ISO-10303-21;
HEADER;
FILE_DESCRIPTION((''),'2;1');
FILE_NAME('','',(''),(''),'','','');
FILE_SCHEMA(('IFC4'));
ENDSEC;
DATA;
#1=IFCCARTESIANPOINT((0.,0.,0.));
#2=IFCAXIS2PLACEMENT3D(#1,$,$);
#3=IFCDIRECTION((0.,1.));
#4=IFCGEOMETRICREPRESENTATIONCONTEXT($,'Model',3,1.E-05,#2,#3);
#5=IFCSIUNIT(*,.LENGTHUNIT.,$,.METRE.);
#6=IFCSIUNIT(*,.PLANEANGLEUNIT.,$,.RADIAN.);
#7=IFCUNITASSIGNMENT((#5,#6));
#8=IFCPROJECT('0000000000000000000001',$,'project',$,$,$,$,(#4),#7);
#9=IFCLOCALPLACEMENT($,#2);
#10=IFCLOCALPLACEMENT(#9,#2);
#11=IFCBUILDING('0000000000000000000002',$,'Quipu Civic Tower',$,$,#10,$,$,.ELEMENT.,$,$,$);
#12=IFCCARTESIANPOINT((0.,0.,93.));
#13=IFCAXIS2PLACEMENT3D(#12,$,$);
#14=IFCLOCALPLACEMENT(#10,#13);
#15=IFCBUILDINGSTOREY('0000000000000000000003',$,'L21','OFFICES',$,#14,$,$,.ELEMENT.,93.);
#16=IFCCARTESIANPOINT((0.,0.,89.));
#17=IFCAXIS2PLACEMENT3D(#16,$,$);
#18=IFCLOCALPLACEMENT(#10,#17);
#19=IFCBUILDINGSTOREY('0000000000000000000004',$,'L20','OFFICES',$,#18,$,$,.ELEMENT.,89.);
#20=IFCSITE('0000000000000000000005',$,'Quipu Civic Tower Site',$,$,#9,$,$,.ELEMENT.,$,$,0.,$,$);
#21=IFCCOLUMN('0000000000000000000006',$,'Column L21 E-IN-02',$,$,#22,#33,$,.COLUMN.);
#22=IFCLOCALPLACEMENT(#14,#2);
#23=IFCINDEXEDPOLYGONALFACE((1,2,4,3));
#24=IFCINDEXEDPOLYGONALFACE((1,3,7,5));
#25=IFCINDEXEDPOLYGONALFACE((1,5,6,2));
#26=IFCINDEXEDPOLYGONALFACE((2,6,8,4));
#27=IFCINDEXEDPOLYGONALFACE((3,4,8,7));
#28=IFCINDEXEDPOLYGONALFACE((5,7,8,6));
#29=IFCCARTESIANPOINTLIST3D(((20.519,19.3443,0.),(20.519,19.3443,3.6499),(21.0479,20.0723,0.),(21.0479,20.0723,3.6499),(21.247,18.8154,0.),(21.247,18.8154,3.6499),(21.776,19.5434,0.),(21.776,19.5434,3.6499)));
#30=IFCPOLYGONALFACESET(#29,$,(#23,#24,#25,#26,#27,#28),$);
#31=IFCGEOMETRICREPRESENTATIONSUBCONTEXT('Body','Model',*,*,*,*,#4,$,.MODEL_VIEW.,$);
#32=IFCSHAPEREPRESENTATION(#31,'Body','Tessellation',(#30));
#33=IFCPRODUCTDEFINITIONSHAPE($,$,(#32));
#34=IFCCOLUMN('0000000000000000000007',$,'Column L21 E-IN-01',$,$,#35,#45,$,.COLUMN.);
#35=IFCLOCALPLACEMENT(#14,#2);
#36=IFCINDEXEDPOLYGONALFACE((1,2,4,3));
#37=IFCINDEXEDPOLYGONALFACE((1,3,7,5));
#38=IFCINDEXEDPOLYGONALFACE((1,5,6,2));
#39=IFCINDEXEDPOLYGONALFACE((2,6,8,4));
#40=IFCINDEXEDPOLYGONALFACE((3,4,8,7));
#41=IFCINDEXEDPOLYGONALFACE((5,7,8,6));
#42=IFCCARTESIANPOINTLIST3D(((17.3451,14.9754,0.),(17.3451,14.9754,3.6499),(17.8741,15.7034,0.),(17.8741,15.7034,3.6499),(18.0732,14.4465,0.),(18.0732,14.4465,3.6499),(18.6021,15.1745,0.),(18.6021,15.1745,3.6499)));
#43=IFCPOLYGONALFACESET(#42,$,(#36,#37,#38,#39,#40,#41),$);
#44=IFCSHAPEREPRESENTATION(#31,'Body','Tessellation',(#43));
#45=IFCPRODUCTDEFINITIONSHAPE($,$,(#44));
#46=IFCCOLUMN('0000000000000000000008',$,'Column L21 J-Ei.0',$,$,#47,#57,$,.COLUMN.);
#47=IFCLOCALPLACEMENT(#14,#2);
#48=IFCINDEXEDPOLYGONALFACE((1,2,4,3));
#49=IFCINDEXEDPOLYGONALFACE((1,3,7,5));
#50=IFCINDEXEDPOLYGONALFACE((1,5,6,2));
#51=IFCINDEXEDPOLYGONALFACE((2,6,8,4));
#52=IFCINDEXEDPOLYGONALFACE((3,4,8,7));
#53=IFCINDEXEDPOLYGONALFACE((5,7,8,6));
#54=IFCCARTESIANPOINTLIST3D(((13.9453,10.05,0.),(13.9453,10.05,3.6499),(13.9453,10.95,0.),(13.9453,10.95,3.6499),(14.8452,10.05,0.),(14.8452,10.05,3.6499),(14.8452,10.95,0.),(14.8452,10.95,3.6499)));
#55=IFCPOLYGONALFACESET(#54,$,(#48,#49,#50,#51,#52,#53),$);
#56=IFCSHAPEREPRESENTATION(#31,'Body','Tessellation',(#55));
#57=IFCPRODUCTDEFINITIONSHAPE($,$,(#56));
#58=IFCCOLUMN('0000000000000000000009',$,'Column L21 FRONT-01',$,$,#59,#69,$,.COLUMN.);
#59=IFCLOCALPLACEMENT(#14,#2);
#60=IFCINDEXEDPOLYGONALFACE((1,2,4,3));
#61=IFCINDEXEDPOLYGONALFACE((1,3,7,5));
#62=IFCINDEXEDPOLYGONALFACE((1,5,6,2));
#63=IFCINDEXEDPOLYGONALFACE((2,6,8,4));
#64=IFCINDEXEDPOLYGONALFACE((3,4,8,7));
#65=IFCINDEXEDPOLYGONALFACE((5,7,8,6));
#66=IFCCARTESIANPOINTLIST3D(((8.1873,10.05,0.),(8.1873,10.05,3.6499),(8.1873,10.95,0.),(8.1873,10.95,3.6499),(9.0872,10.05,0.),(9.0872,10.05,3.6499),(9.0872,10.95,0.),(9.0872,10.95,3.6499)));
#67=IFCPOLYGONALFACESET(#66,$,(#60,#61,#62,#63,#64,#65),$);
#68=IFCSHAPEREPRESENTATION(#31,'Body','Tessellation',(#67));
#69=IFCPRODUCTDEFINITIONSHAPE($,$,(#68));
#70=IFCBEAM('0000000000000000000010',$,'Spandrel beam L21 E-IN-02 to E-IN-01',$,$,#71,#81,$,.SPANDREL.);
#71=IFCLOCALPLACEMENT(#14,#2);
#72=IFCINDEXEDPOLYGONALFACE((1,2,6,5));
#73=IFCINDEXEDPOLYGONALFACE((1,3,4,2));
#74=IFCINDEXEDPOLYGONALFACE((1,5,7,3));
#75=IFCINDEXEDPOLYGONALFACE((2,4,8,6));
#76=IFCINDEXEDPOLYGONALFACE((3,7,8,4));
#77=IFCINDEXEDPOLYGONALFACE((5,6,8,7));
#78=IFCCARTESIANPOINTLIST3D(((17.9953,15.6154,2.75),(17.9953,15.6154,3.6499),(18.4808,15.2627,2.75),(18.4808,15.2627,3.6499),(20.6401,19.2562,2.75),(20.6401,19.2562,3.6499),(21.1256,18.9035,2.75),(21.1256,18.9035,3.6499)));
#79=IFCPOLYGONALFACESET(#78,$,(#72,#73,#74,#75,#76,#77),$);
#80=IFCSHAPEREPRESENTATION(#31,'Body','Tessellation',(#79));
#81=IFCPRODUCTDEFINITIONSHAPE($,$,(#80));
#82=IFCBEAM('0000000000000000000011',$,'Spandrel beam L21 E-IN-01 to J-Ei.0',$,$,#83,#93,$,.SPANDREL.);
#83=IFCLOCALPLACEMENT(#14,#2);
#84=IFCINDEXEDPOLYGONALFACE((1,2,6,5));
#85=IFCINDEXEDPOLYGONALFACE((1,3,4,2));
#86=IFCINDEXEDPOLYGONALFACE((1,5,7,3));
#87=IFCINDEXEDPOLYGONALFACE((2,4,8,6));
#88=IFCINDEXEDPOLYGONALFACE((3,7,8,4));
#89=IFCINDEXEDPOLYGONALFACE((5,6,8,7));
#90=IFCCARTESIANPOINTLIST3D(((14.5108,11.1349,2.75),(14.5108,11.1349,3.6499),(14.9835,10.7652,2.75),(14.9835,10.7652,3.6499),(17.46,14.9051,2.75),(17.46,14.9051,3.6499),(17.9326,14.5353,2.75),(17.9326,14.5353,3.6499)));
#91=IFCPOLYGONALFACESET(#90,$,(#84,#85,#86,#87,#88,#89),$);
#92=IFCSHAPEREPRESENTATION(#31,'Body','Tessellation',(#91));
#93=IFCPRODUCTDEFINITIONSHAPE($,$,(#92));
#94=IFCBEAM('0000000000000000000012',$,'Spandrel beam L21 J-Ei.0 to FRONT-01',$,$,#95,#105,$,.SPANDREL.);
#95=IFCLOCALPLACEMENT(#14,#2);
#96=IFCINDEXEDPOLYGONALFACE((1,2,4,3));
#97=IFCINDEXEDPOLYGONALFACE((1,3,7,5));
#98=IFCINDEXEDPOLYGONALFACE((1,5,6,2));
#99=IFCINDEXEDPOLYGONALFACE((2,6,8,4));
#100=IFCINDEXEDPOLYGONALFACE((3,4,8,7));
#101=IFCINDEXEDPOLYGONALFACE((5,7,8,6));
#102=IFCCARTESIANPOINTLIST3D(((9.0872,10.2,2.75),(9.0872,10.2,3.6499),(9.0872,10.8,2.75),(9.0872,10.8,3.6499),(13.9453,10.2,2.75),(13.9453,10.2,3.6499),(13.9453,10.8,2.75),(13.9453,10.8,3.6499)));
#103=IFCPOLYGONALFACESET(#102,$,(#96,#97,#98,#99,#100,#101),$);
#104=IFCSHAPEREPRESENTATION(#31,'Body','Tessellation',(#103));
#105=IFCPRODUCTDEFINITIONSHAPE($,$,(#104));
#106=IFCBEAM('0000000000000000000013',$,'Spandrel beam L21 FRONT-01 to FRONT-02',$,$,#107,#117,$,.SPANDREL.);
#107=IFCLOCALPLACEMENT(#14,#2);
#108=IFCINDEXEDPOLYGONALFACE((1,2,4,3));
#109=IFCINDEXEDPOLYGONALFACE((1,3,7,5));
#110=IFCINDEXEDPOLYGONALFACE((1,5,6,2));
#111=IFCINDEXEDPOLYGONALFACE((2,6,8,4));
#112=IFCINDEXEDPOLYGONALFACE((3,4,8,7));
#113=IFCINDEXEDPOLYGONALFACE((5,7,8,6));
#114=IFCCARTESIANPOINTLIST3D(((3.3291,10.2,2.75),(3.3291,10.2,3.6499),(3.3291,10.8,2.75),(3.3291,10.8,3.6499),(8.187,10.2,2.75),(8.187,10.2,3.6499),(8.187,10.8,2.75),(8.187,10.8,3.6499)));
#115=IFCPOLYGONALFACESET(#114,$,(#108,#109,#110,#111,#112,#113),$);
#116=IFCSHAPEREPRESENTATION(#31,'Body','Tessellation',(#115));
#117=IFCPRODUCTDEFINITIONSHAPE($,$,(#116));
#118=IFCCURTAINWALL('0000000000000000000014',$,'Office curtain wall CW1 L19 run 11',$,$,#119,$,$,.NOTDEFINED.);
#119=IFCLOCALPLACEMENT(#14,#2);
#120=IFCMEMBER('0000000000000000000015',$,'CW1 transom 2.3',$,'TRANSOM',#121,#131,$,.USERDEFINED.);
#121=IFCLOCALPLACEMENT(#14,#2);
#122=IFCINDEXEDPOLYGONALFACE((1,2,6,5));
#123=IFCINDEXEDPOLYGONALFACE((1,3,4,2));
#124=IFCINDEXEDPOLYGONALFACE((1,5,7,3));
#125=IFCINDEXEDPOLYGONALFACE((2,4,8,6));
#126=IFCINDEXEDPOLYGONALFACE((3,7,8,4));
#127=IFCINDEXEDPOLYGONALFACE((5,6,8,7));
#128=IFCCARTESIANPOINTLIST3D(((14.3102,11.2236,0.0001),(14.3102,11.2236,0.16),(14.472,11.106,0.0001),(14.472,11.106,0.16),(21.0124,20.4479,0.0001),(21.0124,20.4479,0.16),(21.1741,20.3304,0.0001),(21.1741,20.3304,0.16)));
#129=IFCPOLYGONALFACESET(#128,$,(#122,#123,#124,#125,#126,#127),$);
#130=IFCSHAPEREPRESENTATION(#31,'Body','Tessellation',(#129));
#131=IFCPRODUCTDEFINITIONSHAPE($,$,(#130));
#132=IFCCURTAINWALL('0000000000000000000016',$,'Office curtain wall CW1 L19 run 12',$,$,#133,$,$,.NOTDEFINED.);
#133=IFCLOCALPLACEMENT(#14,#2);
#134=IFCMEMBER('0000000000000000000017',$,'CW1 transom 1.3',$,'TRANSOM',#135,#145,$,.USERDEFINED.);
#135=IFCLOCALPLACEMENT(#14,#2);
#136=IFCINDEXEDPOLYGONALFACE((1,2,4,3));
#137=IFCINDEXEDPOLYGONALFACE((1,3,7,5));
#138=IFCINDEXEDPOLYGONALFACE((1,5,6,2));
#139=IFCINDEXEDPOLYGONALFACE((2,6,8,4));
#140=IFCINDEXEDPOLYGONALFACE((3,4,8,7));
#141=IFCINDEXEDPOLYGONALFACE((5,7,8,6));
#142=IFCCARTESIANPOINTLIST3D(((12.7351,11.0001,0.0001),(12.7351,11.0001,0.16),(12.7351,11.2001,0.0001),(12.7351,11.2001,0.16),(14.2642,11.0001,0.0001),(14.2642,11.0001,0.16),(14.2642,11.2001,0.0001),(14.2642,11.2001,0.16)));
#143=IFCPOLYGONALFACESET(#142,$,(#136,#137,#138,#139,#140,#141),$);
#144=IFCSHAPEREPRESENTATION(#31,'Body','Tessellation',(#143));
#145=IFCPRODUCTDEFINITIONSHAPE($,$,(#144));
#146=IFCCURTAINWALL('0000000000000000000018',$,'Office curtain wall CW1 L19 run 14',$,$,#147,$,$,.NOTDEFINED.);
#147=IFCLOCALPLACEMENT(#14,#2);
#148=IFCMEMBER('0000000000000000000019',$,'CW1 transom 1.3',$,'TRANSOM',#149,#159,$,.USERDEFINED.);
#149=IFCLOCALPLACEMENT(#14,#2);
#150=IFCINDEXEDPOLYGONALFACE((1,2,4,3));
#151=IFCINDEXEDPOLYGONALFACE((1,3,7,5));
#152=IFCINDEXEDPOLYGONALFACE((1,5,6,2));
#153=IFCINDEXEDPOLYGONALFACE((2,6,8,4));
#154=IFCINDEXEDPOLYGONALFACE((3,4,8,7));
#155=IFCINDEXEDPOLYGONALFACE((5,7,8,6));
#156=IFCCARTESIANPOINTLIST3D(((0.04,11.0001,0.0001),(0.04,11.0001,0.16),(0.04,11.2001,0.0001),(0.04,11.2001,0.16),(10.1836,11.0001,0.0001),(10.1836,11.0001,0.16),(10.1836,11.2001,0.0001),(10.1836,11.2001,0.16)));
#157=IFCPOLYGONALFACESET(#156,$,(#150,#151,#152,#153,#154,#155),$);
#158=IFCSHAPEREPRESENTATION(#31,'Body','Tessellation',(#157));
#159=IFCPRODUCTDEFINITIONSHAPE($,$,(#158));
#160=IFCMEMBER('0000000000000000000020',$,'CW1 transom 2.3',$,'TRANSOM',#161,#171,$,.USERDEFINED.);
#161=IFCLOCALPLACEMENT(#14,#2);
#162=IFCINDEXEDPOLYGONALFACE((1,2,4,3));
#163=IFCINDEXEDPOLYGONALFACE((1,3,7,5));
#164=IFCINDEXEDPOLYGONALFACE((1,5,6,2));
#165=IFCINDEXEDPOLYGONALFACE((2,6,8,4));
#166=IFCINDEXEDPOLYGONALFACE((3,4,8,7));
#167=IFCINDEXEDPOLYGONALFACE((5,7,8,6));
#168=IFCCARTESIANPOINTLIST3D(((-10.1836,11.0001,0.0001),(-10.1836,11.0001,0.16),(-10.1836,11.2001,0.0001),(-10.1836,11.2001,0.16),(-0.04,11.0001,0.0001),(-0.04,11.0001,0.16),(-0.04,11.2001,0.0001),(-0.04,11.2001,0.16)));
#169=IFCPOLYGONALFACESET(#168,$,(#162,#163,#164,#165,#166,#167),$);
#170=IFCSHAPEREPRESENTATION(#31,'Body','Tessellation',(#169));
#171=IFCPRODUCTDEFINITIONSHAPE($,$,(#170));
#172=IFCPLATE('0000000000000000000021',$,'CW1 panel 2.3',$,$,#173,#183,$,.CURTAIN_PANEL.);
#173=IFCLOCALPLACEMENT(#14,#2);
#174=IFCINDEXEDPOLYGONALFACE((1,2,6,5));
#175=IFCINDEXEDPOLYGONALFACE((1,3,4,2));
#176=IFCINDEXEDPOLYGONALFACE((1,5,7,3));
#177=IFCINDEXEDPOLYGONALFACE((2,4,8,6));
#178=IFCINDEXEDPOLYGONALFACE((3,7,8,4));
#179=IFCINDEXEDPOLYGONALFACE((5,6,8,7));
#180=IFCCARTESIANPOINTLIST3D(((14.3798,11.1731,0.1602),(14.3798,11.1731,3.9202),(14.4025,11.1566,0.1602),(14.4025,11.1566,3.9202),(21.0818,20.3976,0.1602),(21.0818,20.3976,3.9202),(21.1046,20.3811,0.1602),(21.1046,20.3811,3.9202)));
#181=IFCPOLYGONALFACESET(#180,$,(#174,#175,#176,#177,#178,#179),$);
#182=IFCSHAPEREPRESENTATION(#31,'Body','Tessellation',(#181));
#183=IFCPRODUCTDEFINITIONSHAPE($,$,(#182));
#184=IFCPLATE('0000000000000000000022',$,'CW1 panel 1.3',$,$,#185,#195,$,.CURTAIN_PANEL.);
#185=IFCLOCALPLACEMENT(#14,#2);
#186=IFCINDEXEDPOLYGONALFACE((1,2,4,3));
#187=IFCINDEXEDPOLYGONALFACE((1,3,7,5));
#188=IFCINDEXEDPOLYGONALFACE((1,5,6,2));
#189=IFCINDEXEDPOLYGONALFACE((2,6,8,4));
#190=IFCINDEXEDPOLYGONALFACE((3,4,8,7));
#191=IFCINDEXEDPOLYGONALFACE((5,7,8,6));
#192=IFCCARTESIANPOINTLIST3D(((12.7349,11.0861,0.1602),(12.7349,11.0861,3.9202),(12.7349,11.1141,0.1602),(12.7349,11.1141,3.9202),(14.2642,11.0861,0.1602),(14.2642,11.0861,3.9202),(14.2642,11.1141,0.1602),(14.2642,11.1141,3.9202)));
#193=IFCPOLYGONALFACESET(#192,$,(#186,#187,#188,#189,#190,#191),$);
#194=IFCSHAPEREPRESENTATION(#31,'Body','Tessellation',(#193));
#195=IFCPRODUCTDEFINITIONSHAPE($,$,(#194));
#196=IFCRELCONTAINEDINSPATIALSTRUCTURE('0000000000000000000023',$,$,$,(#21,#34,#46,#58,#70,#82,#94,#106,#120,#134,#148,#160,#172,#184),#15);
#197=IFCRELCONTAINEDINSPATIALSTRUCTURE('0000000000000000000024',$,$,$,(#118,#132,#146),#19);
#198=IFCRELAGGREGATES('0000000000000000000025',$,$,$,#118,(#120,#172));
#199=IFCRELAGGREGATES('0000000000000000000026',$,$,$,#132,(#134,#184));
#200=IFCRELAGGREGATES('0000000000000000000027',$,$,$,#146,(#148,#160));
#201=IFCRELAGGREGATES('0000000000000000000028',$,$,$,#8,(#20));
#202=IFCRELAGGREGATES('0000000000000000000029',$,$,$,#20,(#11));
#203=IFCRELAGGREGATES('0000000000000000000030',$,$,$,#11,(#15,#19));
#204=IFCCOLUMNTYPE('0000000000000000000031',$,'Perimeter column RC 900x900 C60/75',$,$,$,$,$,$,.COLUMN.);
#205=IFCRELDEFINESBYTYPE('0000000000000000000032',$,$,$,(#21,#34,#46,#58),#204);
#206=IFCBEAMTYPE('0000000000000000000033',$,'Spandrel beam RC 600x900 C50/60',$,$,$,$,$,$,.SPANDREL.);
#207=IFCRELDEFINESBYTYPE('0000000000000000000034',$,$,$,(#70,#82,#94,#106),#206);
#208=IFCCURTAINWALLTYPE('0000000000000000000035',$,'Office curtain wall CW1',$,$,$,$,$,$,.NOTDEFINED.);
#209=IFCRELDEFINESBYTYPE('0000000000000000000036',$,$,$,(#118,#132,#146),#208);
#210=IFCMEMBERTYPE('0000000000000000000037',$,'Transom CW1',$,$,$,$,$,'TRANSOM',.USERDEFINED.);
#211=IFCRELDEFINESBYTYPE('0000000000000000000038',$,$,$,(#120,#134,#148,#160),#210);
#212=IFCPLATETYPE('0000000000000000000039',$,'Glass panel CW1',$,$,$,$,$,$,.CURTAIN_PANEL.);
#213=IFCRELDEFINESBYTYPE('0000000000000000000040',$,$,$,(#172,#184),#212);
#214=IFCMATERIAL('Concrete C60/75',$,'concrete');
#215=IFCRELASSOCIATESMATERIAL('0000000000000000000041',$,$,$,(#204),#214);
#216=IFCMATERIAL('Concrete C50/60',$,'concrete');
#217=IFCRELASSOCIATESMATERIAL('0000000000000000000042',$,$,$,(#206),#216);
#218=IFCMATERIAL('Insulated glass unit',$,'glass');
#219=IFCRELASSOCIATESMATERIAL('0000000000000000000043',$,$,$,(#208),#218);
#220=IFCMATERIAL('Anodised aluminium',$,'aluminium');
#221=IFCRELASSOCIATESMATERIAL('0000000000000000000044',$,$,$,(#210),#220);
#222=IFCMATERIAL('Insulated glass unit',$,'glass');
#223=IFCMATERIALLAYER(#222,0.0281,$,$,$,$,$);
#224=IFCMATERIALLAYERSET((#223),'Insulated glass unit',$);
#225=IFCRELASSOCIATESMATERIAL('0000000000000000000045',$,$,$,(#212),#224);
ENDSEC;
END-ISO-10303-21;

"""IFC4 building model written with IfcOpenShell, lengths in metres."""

from ifc_helpers import new_model, si_unit, direction, frame, origin, origin_2d, place, context, subcontext, project, spatial, rectangle, extrude, material, layer, layer_set, material_profile, profile_set, type_object, element, aggregate, save


model = new_model("IFC4")

# Units and contexts
model_context = context("Model", 3, precision=1e-05, world=origin(), true_north=direction((0.0, 1.0)))
body_context = subcontext(model_context, "Body", "Model", "MODEL_VIEW")
ifc_project = project(units=[si_unit("LENGTHUNIT", "METRE"), si_unit("PLANEANGLEUNIT", "RADIAN")], contexts=[model_context])

# Site, building, storey
site_placement = place(None, origin())
site = spatial("IfcSite", under=ifc_project, at=site_placement, Name="Quipu Civic Tower Site", CompositionType="ELEMENT", RefElevation=0.0)
building_placement = place(site_placement, origin())
building = spatial("IfcBuilding", under=site, at=building_placement, Name="Quipu Civic Tower", CompositionType="ELEMENT")
storey_1_placement = place(building_placement, frame((0.0, 0.0, 93.0)))
storey_1 = spatial("IfcBuildingStorey", under=building, at=storey_1_placement, Name="L21", Description="OFFICES", CompositionType="ELEMENT", Elevation=93.0)

# Columns
ifc_material_1 = material(Name="Concrete C60/75", Category="concrete")
ifc_material_profile_1 = material_profile(ifc_material_1, rectangle(XDim=0.8999, YDim=0.8999, at=origin_2d()), Name="RC900x900")
ifc_profile_set_1 = profile_set([ifc_material_profile_1], Name="Concrete C60/75")
column_type = type_object("IfcColumnType", Name="Perimeter column RC 900x900 C60/75", PredefinedType="COLUMN", material=ifc_profile_set_1)
for number, where, z_axis, x_axis, name in (
    (1, (21.1475, 19.4438, 0.0), (0.0, 0.0, 1.0), (-0.587785, -0.809017, 0.0), "Column L21 E-IN-02"),
    (2, (17.9736, 15.075, 0.0), (0.0, 0.0, 1.0), (-0.587785, -0.809017, 0.0), "Column L21 E-IN-01"),
    (3, (14.3953, 10.5, 0.0), (0.0, 0.0, 1.0), (-1.0, 0.0, 0.0), "Column L21 J-Ei.0"),
    (4, (8.6372, 10.5, 0.0), (0.0, 0.0, 1.0), (-1.0, 0.0, 0.0), "Column L21 FRONT-01"),
):
    element("IfcColumn", number, at=place(storey_1_placement, frame(where, z_axis=z_axis, x_axis=x_axis)), inside=storey_1, type_object=column_type, Name=name, PredefinedType="COLUMN", context=body_context, shape_type="SweptSolid", body=[
        extrude(rectangle(XDim=0.8999, YDim=0.8999, at=origin_2d()), origin(), (0.0, 0.0, 1.0), 3.6499),
    ])

# Beams
ifc_material_2 = material(Name="Concrete C50/60", Category="concrete")
ifc_material_profile_2 = material_profile(ifc_material_2, rectangle(XDim=0.6001, YDim=0.8999, at=origin_2d()), Name="RC600x900")
ifc_profile_set_2 = profile_set([ifc_material_profile_2], Name="Concrete C50/60")
beam_type = type_object("IfcBeamType", Name="Spandrel beam RC 600x900 C50/60", PredefinedType="SPANDREL", material=ifc_profile_set_2)
beam_1_placement = place(storey_1_placement, frame((20.8828, 19.0798, 3.2), z_axis=(-0.587717, -0.809067, 0.0), x_axis=(0.809067, -0.587717, 0.0)))
element("IfcBeam", 5, at=beam_1_placement, inside=storey_1, type_object=beam_type, Name="Spandrel beam L21 E-IN-02 to E-IN-01", PredefinedType="SPANDREL", context=body_context, shape_type="SweptSolid", body=[
    extrude(rectangle(XDim=0.6001, YDim=0.8999, at=origin_2d()), origin(), (0.0, 0.0, 1.0), 4.5),
])
beam_2_placement = place(storey_1_placement, frame((17.6963, 14.7202, 3.2), z_axis=(-0.616124, -0.787649, 0.0), x_axis=(0.787649, -0.616124, 0.0)))
element("IfcBeam", 6, at=beam_2_placement, inside=storey_1, type_object=beam_type, Name="Spandrel beam L21 E-IN-01 to J-Ei.0", PredefinedType="SPANDREL", context=body_context, shape_type="SweptSolid", body=[
    extrude(rectangle(XDim=0.6001, YDim=0.8999, at=origin_2d()), origin(), (0.0, 0.0, 1.0), 4.7866),
])
beam_3_placement = place(storey_1_placement, frame((13.9453, 10.5, 3.2), z_axis=(-1.0, 0.0, 0.0), x_axis=(0.0, -1.0, 0.0)))
element("IfcBeam", 7, at=beam_3_placement, inside=storey_1, type_object=beam_type, Name="Spandrel beam L21 J-Ei.0 to FRONT-01", PredefinedType="SPANDREL", context=body_context, shape_type="SweptSolid", body=[
    extrude(rectangle(XDim=0.6001, YDim=0.8999, at=origin_2d()), origin(), (0.0, 0.0, 1.0), 4.8582),
])
beam_4_placement = place(storey_1_placement, frame((8.187, 10.5, 3.2), z_axis=(-1.0, 0.0, 0.0), x_axis=(0.0, -1.0, 0.0)))
element("IfcBeam", 8, at=beam_4_placement, inside=storey_1, type_object=beam_type, Name="Spandrel beam L21 FRONT-01 to FRONT-02", PredefinedType="SPANDREL", context=body_context, shape_type="SweptSolid", body=[
    extrude(rectangle(XDim=0.6001, YDim=0.8999, at=origin_2d()), origin(), (0.0, 0.0, 1.0), 4.8579),
])

# Shared definitions
storey_2_placement = place(building_placement, frame((0.0, 0.0, 89.0)))
storey_2 = spatial("IfcBuildingStorey", under=building, at=storey_2_placement, Name="L20", Description="OFFICES", CompositionType="ELEMENT", Elevation=89.0)

# Curtain walls, members
ifc_material_3 = material(Name="Insulated glass unit", Category="glass")
curtain_wall_type = type_object("IfcCurtainWallType", Name="Office curtain wall CW1", PredefinedType="NOTDEFINED", material=ifc_material_3)
curtain_wall_1_placement = place(storey_2_placement, origin())
curtain_wall_1 = element("IfcCurtainWall", 9, at=curtain_wall_1_placement, inside=storey_2, type_object=curtain_wall_type, Name="Office curtain wall CW1 L19 run 11", PredefinedType="NOTDEFINED")
ifc_material_4 = material(Name="Anodised aluminium", Category="aluminium")
ifc_material_profile_3 = material_profile(ifc_material_4, rectangle(XDim=0.2, YDim=0.1599, at=origin_2d()), Name="RECT 200x160")
ifc_profile_set_3 = profile_set([ifc_material_profile_3], Name="Anodised aluminium")
member_type = type_object("IfcMemberType", Name="Transom CW1", ElementType="TRANSOM", PredefinedType="USERDEFINED", material=ifc_profile_set_3)
member_1_placement = place(storey_1_placement, frame((21.0933, 20.3892, 0.0801), z_axis=(-0.5878, -0.809006, 0.0), x_axis=(0.809006, -0.5878, 0.0)))
member_1 = element("IfcMember", 10, at=member_1_placement, inside=storey_1, type_object=member_type, Name="CW1 transom 2.3", ObjectType="TRANSOM", PredefinedType="USERDEFINED", context=body_context, shape_type="SweptSolid", body=[
    extrude(rectangle(XDim=0.2, YDim=0.1599, at=origin_2d()), origin(), (0.0, 0.0, 1.0), 11.4021),
])
curtain_wall_2_placement = place(storey_2_placement, origin())
curtain_wall_2 = element("IfcCurtainWall", 11, at=curtain_wall_2_placement, inside=storey_2, type_object=curtain_wall_type, Name="Office curtain wall CW1 L19 run 12", PredefinedType="NOTDEFINED")
member_2_placement = place(storey_1_placement, frame((14.2642, 11.1001, 0.0801), z_axis=(-1.0, 0.0, 0.0), x_axis=(0.0, -1.0, 0.0)))
member_2 = element("IfcMember", 12, at=member_2_placement, inside=storey_1, type_object=member_type, Name="CW1 transom 1.3", ObjectType="TRANSOM", PredefinedType="USERDEFINED", context=body_context, shape_type="SweptSolid", body=[
    extrude(rectangle(XDim=0.2, YDim=0.1599, at=origin_2d()), origin(), (0.0, 0.0, 1.0), 1.5291),
])

# Curtain wall, members
curtain_wall_3_placement = place(storey_2_placement, origin())
curtain_wall_3 = element("IfcCurtainWall", 13, at=curtain_wall_3_placement, inside=storey_2, type_object=curtain_wall_type, Name="Office curtain wall CW1 L19 run 14", PredefinedType="NOTDEFINED")
member_3_placement = place(storey_1_placement, frame((10.1836, 11.1001, 0.0801), z_axis=(-1.0, 0.0, 0.0), x_axis=(0.0, -1.0, 0.0)))
member_3 = element("IfcMember", 14, at=member_3_placement, inside=storey_1, type_object=member_type, Name="CW1 transom 1.3", ObjectType="TRANSOM", PredefinedType="USERDEFINED", context=body_context, shape_type="SweptSolid", body=[
    extrude(rectangle(XDim=0.2, YDim=0.1599, at=origin_2d()), origin(), (0.0, 0.0, 1.0), 10.1436),
])
member_4_placement = place(storey_1_placement, frame((-0.04, 11.1001, 0.0801), z_axis=(-1.0, 0.0, 0.0), x_axis=(0.0, -1.0, 0.0)))
member_4 = element("IfcMember", 15, at=member_4_placement, inside=storey_1, type_object=member_type, Name="CW1 transom 2.3", ObjectType="TRANSOM", PredefinedType="USERDEFINED", context=body_context, shape_type="SweptSolid", body=[
    extrude(rectangle(XDim=0.2, YDim=0.1599, at=origin_2d()), origin(), (0.0, 0.0, 1.0), 10.1436),
])

# Plates
ifc_material_5 = material(Name="Insulated glass unit", Category="glass")
ifc_layer = layer(ifc_material_5, 0.0281)
ifc_layer_set = layer_set([ifc_layer], Name="Insulated glass unit")
plate_type_1 = type_object("IfcPlateType", Name="Glass panel CW1", PredefinedType="CURTAIN_PANEL", material=ifc_layer_set)
plate_1_placement = place(storey_1_placement, frame((17.7422, 15.7771, 0.1602), z_axis=(0.0, 0.0, 1.0), x_axis=(-0.587789, -0.809014, 0.0)))
plate_1 = element("IfcPlate", 16, at=plate_1_placement, inside=storey_1, type_object=plate_type_1, Name="CW1 panel 2.3", PredefinedType="CURTAIN_PANEL", context=body_context, shape_type="SweptSolid", body=[
    extrude(rectangle(XDim=11.4021, YDim=0.0281, at=origin_2d()), origin(), (0.0, 0.0, 1.0), 3.76),
])
aggregate(curtain_wall_1, [member_1, plate_1])
plate_2_placement = place(storey_1_placement, frame((13.4995, 11.1001, 0.1602), z_axis=(0.0, 0.0, 1.0), x_axis=(-1.0, 0.0, 0.0)))
plate_2 = element("IfcPlate", 17, at=plate_2_placement, inside=storey_1, type_object=plate_type_1, Name="CW1 panel 1.3", PredefinedType="CURTAIN_PANEL", context=body_context, shape_type="SweptSolid", body=[
    extrude(rectangle(XDim=1.5293, YDim=0.0281, at=origin_2d()), origin(), (0.0, 0.0, 1.0), 3.76),
])
aggregate(curtain_wall_2, [member_2, plate_2])
aggregate(curtain_wall_3, [member_3, member_4])

save(model, "model.ifc")
